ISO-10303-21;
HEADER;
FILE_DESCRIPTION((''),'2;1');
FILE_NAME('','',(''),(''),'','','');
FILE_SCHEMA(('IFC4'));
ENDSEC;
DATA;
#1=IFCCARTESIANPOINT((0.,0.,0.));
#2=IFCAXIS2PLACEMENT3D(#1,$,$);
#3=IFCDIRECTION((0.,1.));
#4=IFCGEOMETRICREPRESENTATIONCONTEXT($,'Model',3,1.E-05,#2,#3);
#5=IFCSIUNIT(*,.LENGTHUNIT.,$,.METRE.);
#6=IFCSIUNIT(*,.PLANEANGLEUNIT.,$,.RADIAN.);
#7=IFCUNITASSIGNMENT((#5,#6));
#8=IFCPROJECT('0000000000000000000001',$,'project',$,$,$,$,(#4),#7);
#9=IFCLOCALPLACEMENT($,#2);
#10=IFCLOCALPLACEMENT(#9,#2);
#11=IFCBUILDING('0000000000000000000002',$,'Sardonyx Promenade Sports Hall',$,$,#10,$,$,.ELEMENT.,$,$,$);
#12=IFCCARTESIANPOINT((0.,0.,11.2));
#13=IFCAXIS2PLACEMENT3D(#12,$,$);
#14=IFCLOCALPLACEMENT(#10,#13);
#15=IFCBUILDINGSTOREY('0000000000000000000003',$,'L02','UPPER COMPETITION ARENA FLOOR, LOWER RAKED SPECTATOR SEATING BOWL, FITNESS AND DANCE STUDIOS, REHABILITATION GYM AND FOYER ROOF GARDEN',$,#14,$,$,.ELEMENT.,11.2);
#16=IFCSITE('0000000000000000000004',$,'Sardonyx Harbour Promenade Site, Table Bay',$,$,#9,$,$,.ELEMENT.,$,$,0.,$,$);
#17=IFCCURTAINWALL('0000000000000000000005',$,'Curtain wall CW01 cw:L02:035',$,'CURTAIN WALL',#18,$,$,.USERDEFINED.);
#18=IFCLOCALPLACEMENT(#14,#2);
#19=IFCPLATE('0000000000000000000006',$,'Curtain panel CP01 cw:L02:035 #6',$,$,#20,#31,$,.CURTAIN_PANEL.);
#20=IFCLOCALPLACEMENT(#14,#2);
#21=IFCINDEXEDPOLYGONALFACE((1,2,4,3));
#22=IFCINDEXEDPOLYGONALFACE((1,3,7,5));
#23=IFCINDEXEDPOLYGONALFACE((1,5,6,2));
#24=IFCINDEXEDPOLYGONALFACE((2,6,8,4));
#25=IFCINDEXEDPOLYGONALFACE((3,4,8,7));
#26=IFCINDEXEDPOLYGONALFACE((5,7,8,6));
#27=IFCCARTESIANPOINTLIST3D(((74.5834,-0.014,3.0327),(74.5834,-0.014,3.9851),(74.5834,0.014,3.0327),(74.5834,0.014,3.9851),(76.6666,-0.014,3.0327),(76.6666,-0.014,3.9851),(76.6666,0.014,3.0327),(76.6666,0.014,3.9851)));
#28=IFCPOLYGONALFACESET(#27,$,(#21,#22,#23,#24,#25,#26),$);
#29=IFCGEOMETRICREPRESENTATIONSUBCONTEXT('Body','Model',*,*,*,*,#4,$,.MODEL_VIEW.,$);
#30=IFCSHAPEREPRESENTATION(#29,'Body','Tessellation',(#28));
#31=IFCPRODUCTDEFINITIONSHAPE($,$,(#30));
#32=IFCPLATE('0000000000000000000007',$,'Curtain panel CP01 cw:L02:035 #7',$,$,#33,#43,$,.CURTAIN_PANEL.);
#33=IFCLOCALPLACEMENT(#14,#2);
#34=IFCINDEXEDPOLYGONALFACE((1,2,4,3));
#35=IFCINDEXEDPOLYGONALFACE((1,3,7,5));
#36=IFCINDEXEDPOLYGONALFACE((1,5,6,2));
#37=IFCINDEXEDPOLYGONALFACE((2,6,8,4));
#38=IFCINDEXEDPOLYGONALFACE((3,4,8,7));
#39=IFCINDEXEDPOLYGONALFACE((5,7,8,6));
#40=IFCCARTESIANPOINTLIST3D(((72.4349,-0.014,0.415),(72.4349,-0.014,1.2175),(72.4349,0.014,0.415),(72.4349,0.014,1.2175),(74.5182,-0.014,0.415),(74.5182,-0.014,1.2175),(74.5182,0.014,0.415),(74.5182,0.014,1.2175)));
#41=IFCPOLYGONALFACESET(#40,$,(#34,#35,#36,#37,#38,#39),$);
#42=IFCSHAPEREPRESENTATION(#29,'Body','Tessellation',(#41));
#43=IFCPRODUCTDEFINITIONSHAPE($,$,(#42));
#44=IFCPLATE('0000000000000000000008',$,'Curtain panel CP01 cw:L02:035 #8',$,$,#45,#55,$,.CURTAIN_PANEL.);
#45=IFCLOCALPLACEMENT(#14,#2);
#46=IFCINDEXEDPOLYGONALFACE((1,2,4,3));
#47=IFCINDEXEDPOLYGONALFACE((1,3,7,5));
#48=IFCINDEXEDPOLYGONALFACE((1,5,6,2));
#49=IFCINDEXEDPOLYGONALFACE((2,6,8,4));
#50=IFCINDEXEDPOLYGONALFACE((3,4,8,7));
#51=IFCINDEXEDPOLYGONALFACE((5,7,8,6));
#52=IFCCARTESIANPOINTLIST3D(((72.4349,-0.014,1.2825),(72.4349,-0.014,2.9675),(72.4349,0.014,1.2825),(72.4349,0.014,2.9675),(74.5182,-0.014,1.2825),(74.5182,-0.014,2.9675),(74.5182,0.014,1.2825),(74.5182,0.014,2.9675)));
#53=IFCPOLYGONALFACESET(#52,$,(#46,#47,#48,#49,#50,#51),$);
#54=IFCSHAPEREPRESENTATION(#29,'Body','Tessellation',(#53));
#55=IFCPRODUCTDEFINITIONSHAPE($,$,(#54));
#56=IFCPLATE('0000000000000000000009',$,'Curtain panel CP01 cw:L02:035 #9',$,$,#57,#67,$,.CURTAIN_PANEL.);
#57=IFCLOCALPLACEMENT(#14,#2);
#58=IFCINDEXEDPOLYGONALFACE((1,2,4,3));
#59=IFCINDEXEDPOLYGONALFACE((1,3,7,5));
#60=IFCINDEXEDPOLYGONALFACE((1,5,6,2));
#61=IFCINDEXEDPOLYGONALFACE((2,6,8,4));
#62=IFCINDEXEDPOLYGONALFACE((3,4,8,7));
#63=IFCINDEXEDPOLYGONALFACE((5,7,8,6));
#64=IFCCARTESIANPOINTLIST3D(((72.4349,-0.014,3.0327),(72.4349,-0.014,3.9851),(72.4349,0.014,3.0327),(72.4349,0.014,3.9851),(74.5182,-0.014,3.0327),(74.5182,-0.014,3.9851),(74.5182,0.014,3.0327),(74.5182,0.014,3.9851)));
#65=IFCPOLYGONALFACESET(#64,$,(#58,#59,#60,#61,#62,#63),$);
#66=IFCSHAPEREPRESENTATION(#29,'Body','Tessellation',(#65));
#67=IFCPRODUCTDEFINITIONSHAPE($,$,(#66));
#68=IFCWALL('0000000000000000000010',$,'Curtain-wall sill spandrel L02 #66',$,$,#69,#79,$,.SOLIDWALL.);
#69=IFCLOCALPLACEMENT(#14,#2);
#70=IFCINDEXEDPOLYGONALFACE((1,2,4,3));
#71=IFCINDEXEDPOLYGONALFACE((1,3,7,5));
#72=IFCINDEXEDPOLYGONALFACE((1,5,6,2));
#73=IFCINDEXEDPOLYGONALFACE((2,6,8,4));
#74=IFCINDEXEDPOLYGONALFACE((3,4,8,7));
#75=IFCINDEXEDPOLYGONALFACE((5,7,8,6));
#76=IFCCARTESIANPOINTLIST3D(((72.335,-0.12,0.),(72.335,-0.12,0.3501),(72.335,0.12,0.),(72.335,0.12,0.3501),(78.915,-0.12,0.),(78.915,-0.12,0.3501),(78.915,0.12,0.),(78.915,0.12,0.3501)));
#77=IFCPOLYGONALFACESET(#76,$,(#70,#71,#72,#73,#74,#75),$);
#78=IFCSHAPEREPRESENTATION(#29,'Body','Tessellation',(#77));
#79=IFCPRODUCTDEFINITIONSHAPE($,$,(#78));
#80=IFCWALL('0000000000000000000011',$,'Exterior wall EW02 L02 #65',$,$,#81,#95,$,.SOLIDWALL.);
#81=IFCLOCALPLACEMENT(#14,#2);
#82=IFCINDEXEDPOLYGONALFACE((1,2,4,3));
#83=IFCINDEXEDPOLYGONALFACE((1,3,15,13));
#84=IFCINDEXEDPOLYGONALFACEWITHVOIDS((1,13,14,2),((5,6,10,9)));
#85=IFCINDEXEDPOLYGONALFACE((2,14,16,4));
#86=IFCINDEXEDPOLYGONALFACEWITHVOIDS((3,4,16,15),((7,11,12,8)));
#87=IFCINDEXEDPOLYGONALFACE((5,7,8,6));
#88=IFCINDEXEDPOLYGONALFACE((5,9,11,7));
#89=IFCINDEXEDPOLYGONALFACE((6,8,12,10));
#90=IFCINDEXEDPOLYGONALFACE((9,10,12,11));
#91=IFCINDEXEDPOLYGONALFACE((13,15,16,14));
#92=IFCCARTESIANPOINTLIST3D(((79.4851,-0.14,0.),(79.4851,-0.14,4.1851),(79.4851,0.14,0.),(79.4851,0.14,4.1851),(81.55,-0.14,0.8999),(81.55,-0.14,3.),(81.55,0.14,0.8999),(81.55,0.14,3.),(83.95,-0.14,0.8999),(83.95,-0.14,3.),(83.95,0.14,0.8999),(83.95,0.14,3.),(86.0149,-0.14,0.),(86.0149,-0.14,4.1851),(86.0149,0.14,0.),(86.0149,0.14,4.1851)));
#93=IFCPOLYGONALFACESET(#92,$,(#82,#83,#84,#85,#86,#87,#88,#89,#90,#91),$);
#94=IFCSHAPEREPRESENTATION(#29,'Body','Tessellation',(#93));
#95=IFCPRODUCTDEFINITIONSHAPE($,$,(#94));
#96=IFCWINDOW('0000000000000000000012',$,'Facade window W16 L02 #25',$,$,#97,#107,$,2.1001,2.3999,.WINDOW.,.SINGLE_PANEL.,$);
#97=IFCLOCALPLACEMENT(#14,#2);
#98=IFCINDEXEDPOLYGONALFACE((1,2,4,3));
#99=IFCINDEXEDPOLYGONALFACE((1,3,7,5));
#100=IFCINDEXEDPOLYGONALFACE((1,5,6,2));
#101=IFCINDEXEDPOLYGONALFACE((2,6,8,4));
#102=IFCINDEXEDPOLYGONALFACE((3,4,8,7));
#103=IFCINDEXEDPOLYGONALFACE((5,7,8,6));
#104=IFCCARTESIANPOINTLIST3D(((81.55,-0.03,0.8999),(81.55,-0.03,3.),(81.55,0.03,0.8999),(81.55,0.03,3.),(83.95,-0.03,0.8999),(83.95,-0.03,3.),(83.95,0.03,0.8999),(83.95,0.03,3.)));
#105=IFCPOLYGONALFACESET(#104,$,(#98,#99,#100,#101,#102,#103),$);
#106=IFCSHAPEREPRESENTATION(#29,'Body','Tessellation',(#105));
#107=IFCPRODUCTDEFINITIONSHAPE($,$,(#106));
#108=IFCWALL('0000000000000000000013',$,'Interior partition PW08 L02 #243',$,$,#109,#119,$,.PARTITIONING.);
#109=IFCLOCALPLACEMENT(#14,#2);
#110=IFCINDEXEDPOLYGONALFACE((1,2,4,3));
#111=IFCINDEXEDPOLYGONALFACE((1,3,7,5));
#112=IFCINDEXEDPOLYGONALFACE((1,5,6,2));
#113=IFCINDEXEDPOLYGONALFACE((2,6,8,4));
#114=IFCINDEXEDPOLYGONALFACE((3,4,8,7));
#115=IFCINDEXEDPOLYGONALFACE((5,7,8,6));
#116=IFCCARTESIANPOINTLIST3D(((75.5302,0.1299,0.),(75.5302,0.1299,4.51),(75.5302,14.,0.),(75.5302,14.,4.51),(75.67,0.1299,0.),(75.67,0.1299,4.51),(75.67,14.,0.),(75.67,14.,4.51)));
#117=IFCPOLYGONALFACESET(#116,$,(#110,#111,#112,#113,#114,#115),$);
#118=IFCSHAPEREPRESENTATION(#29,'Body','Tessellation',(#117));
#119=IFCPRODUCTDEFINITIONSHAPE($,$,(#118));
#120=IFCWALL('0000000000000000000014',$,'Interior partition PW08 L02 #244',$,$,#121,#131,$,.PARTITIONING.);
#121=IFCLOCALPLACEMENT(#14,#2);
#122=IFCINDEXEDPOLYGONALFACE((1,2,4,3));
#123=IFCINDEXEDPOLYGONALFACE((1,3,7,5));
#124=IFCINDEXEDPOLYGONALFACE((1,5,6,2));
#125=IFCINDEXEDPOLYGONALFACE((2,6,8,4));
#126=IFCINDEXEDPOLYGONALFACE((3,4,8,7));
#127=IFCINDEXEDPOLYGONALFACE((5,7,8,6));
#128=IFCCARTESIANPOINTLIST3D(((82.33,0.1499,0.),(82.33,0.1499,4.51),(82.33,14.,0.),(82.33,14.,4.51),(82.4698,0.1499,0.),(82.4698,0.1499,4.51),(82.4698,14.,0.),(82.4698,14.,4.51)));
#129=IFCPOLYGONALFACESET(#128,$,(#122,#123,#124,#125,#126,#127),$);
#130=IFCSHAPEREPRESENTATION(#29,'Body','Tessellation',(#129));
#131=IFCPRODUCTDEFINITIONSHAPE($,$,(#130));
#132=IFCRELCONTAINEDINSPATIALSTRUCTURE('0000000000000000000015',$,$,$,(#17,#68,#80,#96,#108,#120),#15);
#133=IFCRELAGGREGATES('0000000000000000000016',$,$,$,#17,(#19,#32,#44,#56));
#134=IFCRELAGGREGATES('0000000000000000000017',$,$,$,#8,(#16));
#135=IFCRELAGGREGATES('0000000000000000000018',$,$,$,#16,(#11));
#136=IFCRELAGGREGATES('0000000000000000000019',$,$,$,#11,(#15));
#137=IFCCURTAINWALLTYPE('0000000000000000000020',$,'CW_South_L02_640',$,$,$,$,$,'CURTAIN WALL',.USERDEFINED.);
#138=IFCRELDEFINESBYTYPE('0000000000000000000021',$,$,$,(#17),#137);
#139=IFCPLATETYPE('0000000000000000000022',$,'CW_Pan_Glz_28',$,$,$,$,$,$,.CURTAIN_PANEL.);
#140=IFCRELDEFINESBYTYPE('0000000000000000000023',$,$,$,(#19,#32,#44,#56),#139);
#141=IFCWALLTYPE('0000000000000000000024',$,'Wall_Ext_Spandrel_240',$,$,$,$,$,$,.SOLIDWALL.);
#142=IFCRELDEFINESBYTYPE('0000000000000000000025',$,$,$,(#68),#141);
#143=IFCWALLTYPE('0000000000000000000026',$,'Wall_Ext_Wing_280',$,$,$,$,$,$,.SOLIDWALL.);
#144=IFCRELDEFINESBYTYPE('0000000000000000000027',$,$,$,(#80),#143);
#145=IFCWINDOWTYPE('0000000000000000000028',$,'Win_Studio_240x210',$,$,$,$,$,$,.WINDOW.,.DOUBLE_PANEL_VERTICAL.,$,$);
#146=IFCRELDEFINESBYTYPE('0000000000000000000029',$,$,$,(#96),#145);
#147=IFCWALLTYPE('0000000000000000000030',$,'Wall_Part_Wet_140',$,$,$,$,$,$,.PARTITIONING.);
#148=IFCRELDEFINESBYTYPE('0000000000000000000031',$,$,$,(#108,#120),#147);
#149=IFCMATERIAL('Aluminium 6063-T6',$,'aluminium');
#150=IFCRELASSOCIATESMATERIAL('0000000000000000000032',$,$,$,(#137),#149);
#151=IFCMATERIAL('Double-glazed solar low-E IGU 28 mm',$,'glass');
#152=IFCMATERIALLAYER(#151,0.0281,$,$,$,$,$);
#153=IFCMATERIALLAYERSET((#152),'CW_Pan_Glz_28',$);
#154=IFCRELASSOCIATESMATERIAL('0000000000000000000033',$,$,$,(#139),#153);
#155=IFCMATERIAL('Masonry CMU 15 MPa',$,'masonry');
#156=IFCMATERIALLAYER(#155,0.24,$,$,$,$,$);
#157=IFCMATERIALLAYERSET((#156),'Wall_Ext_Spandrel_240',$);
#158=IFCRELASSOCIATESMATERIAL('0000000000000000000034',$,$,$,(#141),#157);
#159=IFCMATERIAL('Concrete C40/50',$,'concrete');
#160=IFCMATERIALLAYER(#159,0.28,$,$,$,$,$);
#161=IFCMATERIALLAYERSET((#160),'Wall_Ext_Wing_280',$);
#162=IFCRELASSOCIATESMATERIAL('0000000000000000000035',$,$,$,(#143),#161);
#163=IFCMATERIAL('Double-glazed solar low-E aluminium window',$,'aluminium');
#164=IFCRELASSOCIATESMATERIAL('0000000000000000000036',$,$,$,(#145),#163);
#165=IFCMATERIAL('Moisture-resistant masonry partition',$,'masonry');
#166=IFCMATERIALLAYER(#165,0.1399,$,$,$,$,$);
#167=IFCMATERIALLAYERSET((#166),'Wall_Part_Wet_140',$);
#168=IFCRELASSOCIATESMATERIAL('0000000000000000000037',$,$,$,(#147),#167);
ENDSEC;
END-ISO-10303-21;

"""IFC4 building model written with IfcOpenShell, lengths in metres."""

from ifc_helpers import new_model, si_unit, direction, frame, frame_2d, origin, origin_2d, place, context, subcontext, project, spatial, rectangle, extrude, material, layer, layer_set, type_object, element, fill, aggregate, save


model = new_model("IFC4")

# Units and contexts
model_context = context("Model", 3, precision=1e-05, world=origin(), true_north=direction((0.0, 1.0)))
body_context = subcontext(model_context, "Body", "Model", "MODEL_VIEW")
ifc_project = project(units=[si_unit("LENGTHUNIT", "METRE"), si_unit("PLANEANGLEUNIT", "RADIAN")], contexts=[model_context])

# Site, building, storey
site_placement = place(None, origin())
site = spatial("IfcSite", under=ifc_project, at=site_placement, Name="Sardonyx Harbour Promenade Site, Table Bay", CompositionType="ELEMENT", RefElevation=0.0)
building_placement = place(site_placement, origin())
building = spatial("IfcBuilding", under=site, at=building_placement, Name="Sardonyx Promenade Sports Hall", CompositionType="ELEMENT")
storey_placement = place(building_placement, frame((0.0, 0.0, 11.2)))
storey = spatial("IfcBuildingStorey", under=building, at=storey_placement, Name="L02", Description="UPPER COMPETITION ARENA FLOOR, LOWER RAKED SPECTATOR SEATING BOWL, FITNESS AND DANCE STUDIOS, REHABILITATION GYM AND FOYER ROOF GARDEN", CompositionType="ELEMENT", Elevation=11.2)

# Curtain wall, plates
ifc_material_1 = material(Name="Aluminium 6063-T6", Category="aluminium")
curtain_wall_type = type_object("IfcCurtainWallType", Name="CW_South_L02_640", ElementType="CURTAIN WALL", PredefinedType="USERDEFINED", material=ifc_material_1)
curtain_wall_placement = place(storey_placement, origin())
curtain_wall = element("IfcCurtainWall", 1, at=curtain_wall_placement, inside=storey, type_object=curtain_wall_type, Name="Curtain wall CW01 cw:L02:035", ObjectType="CURTAIN WALL", PredefinedType="USERDEFINED")
ifc_material_2 = material(Name="Double-glazed solar low-E IGU 28 mm", Category="glass")
ifc_layer_1 = layer(ifc_material_2, 0.0281)
ifc_layer_set_1 = layer_set([ifc_layer_1], Name="CW_Pan_Glz_28")
plate_type = type_object("IfcPlateType", Name="CW_Pan_Glz_28", PredefinedType="CURTAIN_PANEL", material=ifc_layer_set_1)
plate_1_placement = place(storey_placement, frame((75.625, 0.0, 3.0327), z_axis=(0.0, 0.0, 1.0), x_axis=(-1.0, 0.0, 0.0)))
plate_1 = element("IfcPlate", 2, at=plate_1_placement, type_object=plate_type, Name="Curtain panel CP01 cw:L02:035 #6", PredefinedType="CURTAIN_PANEL", context=body_context, shape_type="SweptSolid", body=[
    extrude(rectangle(XDim=2.0833, YDim=0.0281, at=origin_2d()), origin(), (0.0, 0.0, 1.0), 0.9524),
])
plate_2_placement = place(storey_placement, frame((73.4766, 0.0, 0.415), z_axis=(0.0, 0.0, 1.0), x_axis=(-1.0, 0.0, 0.0)))
plate_2 = element("IfcPlate", 3, at=plate_2_placement, type_object=plate_type, Name="Curtain panel CP01 cw:L02:035 #7", PredefinedType="CURTAIN_PANEL", context=body_context, shape_type="SweptSolid", body=[
    extrude(rectangle(XDim=2.0833, YDim=0.0281, at=origin_2d()), origin(), (0.0, 0.0, 1.0), 0.8025),
])
plate_3_placement = place(storey_placement, frame((73.4766, 0.0, 1.2825), z_axis=(0.0, 0.0, 1.0), x_axis=(-1.0, 0.0, 0.0)))
plate_3 = element("IfcPlate", 4, at=plate_3_placement, type_object=plate_type, Name="Curtain panel CP01 cw:L02:035 #8", PredefinedType="CURTAIN_PANEL", context=body_context, shape_type="SweptSolid", body=[
    extrude(rectangle(XDim=2.0833, YDim=0.0281, at=origin_2d()), origin(), (0.0, 0.0, 1.0), 1.6851),
])
plate_4_placement = place(storey_placement, frame((73.4766, 0.0, 3.0327), z_axis=(0.0, 0.0, 1.0), x_axis=(-1.0, 0.0, 0.0)))
plate_4 = element("IfcPlate", 5, at=plate_4_placement, type_object=plate_type, Name="Curtain panel CP01 cw:L02:035 #9", PredefinedType="CURTAIN_PANEL", context=body_context, shape_type="SweptSolid", body=[
    extrude(rectangle(XDim=2.0833, YDim=0.0281, at=origin_2d()), origin(), (0.0, 0.0, 1.0), 0.9524),
])
aggregate(curtain_wall, [plate_1, plate_2, plate_3, plate_4])

# Wall
ifc_material_3 = material(Name="Masonry CMU 15 MPa", Category="masonry")
ifc_layer_2 = layer(ifc_material_3, 0.24)
ifc_layer_set_2 = layer_set([ifc_layer_2], Name="Wall_Ext_Spandrel_240")
wall_type_1 = type_object("IfcWallType", Name="Wall_Ext_Spandrel_240", PredefinedType="SOLIDWALL", material=ifc_layer_set_2)
wall_1_placement = place(storey_placement, frame((78.915, 0.0, 0.0), z_axis=(0.0, 0.0, 1.0), x_axis=(-1.0, 0.0, 0.0)))
element("IfcWall", 6, at=wall_1_placement, inside=storey, type_object=wall_type_1, Name="Curtain-wall sill spandrel L02 #66", PredefinedType="SOLIDWALL", context=body_context, shape_type="SweptSolid", body=[
    extrude(rectangle(XDim=6.5801, YDim=0.24, at=frame_2d((3.29, 0.0))), origin(), (0.0, 0.0, 1.0), 0.3501),
])

# Wall, opening, window
ifc_material_4 = material(Name="Concrete C40/50", Category="concrete")
ifc_layer_3 = layer(ifc_material_4, 0.28)
ifc_layer_set_3 = layer_set([ifc_layer_3], Name="Wall_Ext_Wing_280")
wall_type_2 = type_object("IfcWallType", Name="Wall_Ext_Wing_280", PredefinedType="SOLIDWALL", material=ifc_layer_set_3)
wall_2_placement = place(storey_placement, frame((86.0149, 0.0, 0.0), z_axis=(0.0, 0.0, 1.0), x_axis=(-1.0, 0.0, 0.0)))
wall_2 = element("IfcWall", 7, at=wall_2_placement, inside=storey, type_object=wall_type_2, Name="Exterior wall EW02 L02 #65", PredefinedType="SOLIDWALL", context=body_context, shape_type="SweptSolid", body=[
    extrude(rectangle(XDim=6.5298, YDim=0.28, at=frame_2d((3.2649, 0.0))), origin(), (0.0, 0.0, 1.0), 4.1851),
])
opening_placement = place(wall_2_placement, frame((2.0649, 0.0, 0.8999)))
opening = element("IfcOpeningElement", 8, at=opening_placement, cuts=wall_2, PredefinedType="OPENING", context=body_context, shape_type="SweptSolid", body=[
    extrude(rectangle(XDim=2.3999, YDim=2.1001, at=frame_2d((1.2, 1.05))), frame((0.0, 0.15, 0.0), z_axis=(0.0, -1.0, 0.0), x_axis=(1.0, 0.0, 0.0)), (0.0, 0.0, 1.0), 0.3),
])
ifc_material_5 = material(Name="Double-glazed solar low-E aluminium window", Category="aluminium")
window_type = type_object("IfcWindowType", Name="Win_Studio_240x210", PartitioningType="DOUBLE_PANEL_VERTICAL", PredefinedType="WINDOW", material=ifc_material_5)
window_placement = place(opening_placement, origin())
window = element("IfcWindow", 9, at=window_placement, inside=storey, type_object=window_type, Name="Facade window W16 L02 #25", OverallHeight=2.1001, OverallWidth=2.3999, PartitioningType="SINGLE_PANEL", PredefinedType="WINDOW", context=body_context, shape_type="SweptSolid", body=[
    extrude(rectangle(XDim=2.3999, YDim=2.1001, at=frame_2d((1.2, 1.05))), frame((0.0, 0.03, 0.0), z_axis=(0.0, -1.0, 0.0), x_axis=(1.0, 0.0, 0.0)), (0.0, 0.0, 1.0), 0.0601),
])
fill(opening, window)

# Walls
ifc_material_6 = material(Name="Moisture-resistant masonry partition", Category="masonry")
ifc_layer_4 = layer(ifc_material_6, 0.1399)
ifc_layer_set_4 = layer_set([ifc_layer_4], Name="Wall_Part_Wet_140")
wall_type_3 = type_object("IfcWallType", Name="Wall_Part_Wet_140", PredefinedType="PARTITIONING", material=ifc_layer_set_4)
wall_3_placement = place(storey_placement, frame((75.6001, 0.1299, 0.0), z_axis=(0.0, 0.0, 1.0), x_axis=(0.0, 1.0, 0.0)))
element("IfcWall", 10, at=wall_3_placement, inside=storey, type_object=wall_type_3, Name="Interior partition PW08 L02 #243", PredefinedType="PARTITIONING", context=body_context, shape_type="SweptSolid", body=[
    extrude(rectangle(XDim=13.8701, YDim=0.1399, at=frame_2d((6.9351, 0.0))), origin(), (0.0, 0.0, 1.0), 4.51),
])
wall_4_placement = place(storey_placement, frame((82.3999, 0.1499, 0.0), z_axis=(0.0, 0.0, 1.0), x_axis=(0.0, 1.0, 0.0)))
element("IfcWall", 11, at=wall_4_placement, inside=storey, type_object=wall_type_3, Name="Interior partition PW08 L02 #244", PredefinedType="PARTITIONING", context=body_context, shape_type="SweptSolid", body=[
    extrude(rectangle(XDim=13.8501, YDim=0.1399, at=frame_2d((6.925, 0.0))), origin(), (0.0, 0.0, 1.0), 4.51),
])

save(model, "model.ifc")
